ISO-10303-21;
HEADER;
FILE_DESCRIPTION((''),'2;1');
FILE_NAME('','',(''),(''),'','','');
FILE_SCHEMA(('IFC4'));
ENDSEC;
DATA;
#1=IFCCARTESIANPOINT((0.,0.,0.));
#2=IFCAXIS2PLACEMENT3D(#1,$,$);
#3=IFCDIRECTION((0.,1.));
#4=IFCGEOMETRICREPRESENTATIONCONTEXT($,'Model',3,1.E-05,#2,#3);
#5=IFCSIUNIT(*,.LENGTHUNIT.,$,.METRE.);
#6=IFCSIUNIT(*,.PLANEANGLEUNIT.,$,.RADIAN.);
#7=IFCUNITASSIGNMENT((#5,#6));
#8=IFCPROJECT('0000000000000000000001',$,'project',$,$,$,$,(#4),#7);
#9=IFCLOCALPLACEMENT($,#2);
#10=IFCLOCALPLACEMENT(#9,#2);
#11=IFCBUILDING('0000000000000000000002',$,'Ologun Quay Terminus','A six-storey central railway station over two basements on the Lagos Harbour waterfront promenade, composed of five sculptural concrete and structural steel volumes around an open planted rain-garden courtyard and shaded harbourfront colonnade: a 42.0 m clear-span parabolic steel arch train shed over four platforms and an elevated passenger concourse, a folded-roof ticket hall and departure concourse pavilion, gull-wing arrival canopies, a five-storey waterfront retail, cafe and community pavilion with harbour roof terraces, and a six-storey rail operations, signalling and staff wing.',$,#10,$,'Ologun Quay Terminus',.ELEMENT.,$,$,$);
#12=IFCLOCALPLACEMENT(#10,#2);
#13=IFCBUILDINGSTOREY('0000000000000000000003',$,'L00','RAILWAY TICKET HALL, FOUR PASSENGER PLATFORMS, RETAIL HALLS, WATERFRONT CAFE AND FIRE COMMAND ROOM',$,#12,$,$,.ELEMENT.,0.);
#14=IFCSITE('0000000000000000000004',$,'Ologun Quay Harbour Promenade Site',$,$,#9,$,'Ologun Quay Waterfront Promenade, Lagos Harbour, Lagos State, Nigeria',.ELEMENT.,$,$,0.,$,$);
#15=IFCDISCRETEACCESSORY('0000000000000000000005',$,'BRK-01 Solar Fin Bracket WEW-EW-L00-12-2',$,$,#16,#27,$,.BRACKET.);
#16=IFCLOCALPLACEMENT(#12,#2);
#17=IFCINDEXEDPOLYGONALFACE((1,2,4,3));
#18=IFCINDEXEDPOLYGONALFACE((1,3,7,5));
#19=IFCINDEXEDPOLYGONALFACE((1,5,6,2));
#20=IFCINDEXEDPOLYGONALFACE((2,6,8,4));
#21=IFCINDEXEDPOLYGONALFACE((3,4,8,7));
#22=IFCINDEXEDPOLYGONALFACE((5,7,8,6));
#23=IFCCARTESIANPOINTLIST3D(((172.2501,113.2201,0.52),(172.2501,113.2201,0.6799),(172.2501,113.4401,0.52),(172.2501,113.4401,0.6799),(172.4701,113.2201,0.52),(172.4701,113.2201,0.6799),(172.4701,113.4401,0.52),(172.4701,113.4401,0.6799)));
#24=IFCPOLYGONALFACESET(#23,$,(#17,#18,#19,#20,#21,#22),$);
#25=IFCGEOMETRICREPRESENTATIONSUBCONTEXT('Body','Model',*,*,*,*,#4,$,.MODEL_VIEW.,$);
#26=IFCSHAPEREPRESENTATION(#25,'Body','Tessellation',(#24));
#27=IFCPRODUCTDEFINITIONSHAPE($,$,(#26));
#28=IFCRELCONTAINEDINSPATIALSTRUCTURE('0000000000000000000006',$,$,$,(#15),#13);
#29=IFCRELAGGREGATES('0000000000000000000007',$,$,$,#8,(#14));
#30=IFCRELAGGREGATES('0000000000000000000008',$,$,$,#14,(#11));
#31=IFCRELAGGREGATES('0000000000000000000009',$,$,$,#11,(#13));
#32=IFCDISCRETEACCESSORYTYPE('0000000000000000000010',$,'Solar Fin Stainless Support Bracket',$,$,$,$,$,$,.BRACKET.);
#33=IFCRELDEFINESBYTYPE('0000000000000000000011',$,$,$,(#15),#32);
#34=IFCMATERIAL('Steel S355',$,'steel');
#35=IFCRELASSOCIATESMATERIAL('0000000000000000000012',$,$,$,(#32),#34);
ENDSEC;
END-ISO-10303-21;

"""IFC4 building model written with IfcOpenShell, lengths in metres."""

from ifc_helpers import new_model, si_unit, direction, frame, origin, origin_2d, place, context, subcontext, project, spatial, rectangle, extrude, material, type_object, element, save


model = new_model("IFC4")

# Units and contexts
model_context = context("Model", 3, precision=1e-05, world=origin(), true_north=direction((0.0, 1.0)))
body_context = subcontext(model_context, "Body", "Model", "MODEL_VIEW")
ifc_project = project(units=[si_unit("LENGTHUNIT", "METRE"), si_unit("PLANEANGLEUNIT", "RADIAN")], contexts=[model_context])

# Site, building, storey
site_placement = place(None, origin())
site = spatial("IfcSite", under=ifc_project, at=site_placement, Name="Ologun Quay Harbour Promenade Site", LongName="Ologun Quay Waterfront Promenade, Lagos Harbour, Lagos State, Nigeria", CompositionType="ELEMENT", RefElevation=0.0)
building_placement = place(site_placement, origin())
building = spatial("IfcBuilding", under=site, at=building_placement, Name="Ologun Quay Terminus", Description="A six-storey central railway station over two basements on the Lagos Harbour waterfront promenade, composed of five sculptural concrete and structural steel volumes around an open planted rain-garden courtyard and shaded harbourfront colonnade: a 42.0 m clear-span parabolic steel arch train shed over four platforms and an elevated passenger concourse, a folded-roof ticket hall and departure concourse pavilion, gull-wing arrival canopies, a five-storey waterfront retail, cafe and community pavilion with harbour roof terraces, and a six-storey rail operations, signalling and staff wing.", LongName="Ologun Quay Terminus", CompositionType="ELEMENT")
storey_placement = place(building_placement, origin())
storey = spatial("IfcBuildingStorey", under=building, at=storey_placement, Name="L00", Description="RAILWAY TICKET HALL, FOUR PASSENGER PLATFORMS, RETAIL HALLS, WATERFRONT CAFE AND FIRE COMMAND ROOM", CompositionType="ELEMENT", Elevation=0.0)

# Discrete accessory
ifc_material_1 = material(Name="Steel S355", Category="steel")
discrete_accessory_type = type_object("IfcDiscreteAccessoryType", Name="Solar Fin Stainless Support Bracket", PredefinedType="BRACKET", material=ifc_material_1)
for number, where, z_axis, x_axis, name in (
    (1, (172.3601, 113.3301, 0.52), (0.0, 0.0, 1.0), (1.0, 0.0, 0.0), "BRK-01 Solar Fin Bracket WEW-EW-L00-12-2"),
):
    element("IfcDiscreteAccessory", number, at=place(storey_placement, frame(where, z_axis=z_axis, x_axis=x_axis)), inside=storey, type_object=discrete_accessory_type, Name=name, PredefinedType="BRACKET", context=body_context, shape_type="SweptSolid", body=[
        extrude(rectangle(XDim=0.22, YDim=0.22, at=origin_2d()), origin(), (0.0, 0.0, 1.0), 0.1599),
    ])

save(model, "model.ifc")
